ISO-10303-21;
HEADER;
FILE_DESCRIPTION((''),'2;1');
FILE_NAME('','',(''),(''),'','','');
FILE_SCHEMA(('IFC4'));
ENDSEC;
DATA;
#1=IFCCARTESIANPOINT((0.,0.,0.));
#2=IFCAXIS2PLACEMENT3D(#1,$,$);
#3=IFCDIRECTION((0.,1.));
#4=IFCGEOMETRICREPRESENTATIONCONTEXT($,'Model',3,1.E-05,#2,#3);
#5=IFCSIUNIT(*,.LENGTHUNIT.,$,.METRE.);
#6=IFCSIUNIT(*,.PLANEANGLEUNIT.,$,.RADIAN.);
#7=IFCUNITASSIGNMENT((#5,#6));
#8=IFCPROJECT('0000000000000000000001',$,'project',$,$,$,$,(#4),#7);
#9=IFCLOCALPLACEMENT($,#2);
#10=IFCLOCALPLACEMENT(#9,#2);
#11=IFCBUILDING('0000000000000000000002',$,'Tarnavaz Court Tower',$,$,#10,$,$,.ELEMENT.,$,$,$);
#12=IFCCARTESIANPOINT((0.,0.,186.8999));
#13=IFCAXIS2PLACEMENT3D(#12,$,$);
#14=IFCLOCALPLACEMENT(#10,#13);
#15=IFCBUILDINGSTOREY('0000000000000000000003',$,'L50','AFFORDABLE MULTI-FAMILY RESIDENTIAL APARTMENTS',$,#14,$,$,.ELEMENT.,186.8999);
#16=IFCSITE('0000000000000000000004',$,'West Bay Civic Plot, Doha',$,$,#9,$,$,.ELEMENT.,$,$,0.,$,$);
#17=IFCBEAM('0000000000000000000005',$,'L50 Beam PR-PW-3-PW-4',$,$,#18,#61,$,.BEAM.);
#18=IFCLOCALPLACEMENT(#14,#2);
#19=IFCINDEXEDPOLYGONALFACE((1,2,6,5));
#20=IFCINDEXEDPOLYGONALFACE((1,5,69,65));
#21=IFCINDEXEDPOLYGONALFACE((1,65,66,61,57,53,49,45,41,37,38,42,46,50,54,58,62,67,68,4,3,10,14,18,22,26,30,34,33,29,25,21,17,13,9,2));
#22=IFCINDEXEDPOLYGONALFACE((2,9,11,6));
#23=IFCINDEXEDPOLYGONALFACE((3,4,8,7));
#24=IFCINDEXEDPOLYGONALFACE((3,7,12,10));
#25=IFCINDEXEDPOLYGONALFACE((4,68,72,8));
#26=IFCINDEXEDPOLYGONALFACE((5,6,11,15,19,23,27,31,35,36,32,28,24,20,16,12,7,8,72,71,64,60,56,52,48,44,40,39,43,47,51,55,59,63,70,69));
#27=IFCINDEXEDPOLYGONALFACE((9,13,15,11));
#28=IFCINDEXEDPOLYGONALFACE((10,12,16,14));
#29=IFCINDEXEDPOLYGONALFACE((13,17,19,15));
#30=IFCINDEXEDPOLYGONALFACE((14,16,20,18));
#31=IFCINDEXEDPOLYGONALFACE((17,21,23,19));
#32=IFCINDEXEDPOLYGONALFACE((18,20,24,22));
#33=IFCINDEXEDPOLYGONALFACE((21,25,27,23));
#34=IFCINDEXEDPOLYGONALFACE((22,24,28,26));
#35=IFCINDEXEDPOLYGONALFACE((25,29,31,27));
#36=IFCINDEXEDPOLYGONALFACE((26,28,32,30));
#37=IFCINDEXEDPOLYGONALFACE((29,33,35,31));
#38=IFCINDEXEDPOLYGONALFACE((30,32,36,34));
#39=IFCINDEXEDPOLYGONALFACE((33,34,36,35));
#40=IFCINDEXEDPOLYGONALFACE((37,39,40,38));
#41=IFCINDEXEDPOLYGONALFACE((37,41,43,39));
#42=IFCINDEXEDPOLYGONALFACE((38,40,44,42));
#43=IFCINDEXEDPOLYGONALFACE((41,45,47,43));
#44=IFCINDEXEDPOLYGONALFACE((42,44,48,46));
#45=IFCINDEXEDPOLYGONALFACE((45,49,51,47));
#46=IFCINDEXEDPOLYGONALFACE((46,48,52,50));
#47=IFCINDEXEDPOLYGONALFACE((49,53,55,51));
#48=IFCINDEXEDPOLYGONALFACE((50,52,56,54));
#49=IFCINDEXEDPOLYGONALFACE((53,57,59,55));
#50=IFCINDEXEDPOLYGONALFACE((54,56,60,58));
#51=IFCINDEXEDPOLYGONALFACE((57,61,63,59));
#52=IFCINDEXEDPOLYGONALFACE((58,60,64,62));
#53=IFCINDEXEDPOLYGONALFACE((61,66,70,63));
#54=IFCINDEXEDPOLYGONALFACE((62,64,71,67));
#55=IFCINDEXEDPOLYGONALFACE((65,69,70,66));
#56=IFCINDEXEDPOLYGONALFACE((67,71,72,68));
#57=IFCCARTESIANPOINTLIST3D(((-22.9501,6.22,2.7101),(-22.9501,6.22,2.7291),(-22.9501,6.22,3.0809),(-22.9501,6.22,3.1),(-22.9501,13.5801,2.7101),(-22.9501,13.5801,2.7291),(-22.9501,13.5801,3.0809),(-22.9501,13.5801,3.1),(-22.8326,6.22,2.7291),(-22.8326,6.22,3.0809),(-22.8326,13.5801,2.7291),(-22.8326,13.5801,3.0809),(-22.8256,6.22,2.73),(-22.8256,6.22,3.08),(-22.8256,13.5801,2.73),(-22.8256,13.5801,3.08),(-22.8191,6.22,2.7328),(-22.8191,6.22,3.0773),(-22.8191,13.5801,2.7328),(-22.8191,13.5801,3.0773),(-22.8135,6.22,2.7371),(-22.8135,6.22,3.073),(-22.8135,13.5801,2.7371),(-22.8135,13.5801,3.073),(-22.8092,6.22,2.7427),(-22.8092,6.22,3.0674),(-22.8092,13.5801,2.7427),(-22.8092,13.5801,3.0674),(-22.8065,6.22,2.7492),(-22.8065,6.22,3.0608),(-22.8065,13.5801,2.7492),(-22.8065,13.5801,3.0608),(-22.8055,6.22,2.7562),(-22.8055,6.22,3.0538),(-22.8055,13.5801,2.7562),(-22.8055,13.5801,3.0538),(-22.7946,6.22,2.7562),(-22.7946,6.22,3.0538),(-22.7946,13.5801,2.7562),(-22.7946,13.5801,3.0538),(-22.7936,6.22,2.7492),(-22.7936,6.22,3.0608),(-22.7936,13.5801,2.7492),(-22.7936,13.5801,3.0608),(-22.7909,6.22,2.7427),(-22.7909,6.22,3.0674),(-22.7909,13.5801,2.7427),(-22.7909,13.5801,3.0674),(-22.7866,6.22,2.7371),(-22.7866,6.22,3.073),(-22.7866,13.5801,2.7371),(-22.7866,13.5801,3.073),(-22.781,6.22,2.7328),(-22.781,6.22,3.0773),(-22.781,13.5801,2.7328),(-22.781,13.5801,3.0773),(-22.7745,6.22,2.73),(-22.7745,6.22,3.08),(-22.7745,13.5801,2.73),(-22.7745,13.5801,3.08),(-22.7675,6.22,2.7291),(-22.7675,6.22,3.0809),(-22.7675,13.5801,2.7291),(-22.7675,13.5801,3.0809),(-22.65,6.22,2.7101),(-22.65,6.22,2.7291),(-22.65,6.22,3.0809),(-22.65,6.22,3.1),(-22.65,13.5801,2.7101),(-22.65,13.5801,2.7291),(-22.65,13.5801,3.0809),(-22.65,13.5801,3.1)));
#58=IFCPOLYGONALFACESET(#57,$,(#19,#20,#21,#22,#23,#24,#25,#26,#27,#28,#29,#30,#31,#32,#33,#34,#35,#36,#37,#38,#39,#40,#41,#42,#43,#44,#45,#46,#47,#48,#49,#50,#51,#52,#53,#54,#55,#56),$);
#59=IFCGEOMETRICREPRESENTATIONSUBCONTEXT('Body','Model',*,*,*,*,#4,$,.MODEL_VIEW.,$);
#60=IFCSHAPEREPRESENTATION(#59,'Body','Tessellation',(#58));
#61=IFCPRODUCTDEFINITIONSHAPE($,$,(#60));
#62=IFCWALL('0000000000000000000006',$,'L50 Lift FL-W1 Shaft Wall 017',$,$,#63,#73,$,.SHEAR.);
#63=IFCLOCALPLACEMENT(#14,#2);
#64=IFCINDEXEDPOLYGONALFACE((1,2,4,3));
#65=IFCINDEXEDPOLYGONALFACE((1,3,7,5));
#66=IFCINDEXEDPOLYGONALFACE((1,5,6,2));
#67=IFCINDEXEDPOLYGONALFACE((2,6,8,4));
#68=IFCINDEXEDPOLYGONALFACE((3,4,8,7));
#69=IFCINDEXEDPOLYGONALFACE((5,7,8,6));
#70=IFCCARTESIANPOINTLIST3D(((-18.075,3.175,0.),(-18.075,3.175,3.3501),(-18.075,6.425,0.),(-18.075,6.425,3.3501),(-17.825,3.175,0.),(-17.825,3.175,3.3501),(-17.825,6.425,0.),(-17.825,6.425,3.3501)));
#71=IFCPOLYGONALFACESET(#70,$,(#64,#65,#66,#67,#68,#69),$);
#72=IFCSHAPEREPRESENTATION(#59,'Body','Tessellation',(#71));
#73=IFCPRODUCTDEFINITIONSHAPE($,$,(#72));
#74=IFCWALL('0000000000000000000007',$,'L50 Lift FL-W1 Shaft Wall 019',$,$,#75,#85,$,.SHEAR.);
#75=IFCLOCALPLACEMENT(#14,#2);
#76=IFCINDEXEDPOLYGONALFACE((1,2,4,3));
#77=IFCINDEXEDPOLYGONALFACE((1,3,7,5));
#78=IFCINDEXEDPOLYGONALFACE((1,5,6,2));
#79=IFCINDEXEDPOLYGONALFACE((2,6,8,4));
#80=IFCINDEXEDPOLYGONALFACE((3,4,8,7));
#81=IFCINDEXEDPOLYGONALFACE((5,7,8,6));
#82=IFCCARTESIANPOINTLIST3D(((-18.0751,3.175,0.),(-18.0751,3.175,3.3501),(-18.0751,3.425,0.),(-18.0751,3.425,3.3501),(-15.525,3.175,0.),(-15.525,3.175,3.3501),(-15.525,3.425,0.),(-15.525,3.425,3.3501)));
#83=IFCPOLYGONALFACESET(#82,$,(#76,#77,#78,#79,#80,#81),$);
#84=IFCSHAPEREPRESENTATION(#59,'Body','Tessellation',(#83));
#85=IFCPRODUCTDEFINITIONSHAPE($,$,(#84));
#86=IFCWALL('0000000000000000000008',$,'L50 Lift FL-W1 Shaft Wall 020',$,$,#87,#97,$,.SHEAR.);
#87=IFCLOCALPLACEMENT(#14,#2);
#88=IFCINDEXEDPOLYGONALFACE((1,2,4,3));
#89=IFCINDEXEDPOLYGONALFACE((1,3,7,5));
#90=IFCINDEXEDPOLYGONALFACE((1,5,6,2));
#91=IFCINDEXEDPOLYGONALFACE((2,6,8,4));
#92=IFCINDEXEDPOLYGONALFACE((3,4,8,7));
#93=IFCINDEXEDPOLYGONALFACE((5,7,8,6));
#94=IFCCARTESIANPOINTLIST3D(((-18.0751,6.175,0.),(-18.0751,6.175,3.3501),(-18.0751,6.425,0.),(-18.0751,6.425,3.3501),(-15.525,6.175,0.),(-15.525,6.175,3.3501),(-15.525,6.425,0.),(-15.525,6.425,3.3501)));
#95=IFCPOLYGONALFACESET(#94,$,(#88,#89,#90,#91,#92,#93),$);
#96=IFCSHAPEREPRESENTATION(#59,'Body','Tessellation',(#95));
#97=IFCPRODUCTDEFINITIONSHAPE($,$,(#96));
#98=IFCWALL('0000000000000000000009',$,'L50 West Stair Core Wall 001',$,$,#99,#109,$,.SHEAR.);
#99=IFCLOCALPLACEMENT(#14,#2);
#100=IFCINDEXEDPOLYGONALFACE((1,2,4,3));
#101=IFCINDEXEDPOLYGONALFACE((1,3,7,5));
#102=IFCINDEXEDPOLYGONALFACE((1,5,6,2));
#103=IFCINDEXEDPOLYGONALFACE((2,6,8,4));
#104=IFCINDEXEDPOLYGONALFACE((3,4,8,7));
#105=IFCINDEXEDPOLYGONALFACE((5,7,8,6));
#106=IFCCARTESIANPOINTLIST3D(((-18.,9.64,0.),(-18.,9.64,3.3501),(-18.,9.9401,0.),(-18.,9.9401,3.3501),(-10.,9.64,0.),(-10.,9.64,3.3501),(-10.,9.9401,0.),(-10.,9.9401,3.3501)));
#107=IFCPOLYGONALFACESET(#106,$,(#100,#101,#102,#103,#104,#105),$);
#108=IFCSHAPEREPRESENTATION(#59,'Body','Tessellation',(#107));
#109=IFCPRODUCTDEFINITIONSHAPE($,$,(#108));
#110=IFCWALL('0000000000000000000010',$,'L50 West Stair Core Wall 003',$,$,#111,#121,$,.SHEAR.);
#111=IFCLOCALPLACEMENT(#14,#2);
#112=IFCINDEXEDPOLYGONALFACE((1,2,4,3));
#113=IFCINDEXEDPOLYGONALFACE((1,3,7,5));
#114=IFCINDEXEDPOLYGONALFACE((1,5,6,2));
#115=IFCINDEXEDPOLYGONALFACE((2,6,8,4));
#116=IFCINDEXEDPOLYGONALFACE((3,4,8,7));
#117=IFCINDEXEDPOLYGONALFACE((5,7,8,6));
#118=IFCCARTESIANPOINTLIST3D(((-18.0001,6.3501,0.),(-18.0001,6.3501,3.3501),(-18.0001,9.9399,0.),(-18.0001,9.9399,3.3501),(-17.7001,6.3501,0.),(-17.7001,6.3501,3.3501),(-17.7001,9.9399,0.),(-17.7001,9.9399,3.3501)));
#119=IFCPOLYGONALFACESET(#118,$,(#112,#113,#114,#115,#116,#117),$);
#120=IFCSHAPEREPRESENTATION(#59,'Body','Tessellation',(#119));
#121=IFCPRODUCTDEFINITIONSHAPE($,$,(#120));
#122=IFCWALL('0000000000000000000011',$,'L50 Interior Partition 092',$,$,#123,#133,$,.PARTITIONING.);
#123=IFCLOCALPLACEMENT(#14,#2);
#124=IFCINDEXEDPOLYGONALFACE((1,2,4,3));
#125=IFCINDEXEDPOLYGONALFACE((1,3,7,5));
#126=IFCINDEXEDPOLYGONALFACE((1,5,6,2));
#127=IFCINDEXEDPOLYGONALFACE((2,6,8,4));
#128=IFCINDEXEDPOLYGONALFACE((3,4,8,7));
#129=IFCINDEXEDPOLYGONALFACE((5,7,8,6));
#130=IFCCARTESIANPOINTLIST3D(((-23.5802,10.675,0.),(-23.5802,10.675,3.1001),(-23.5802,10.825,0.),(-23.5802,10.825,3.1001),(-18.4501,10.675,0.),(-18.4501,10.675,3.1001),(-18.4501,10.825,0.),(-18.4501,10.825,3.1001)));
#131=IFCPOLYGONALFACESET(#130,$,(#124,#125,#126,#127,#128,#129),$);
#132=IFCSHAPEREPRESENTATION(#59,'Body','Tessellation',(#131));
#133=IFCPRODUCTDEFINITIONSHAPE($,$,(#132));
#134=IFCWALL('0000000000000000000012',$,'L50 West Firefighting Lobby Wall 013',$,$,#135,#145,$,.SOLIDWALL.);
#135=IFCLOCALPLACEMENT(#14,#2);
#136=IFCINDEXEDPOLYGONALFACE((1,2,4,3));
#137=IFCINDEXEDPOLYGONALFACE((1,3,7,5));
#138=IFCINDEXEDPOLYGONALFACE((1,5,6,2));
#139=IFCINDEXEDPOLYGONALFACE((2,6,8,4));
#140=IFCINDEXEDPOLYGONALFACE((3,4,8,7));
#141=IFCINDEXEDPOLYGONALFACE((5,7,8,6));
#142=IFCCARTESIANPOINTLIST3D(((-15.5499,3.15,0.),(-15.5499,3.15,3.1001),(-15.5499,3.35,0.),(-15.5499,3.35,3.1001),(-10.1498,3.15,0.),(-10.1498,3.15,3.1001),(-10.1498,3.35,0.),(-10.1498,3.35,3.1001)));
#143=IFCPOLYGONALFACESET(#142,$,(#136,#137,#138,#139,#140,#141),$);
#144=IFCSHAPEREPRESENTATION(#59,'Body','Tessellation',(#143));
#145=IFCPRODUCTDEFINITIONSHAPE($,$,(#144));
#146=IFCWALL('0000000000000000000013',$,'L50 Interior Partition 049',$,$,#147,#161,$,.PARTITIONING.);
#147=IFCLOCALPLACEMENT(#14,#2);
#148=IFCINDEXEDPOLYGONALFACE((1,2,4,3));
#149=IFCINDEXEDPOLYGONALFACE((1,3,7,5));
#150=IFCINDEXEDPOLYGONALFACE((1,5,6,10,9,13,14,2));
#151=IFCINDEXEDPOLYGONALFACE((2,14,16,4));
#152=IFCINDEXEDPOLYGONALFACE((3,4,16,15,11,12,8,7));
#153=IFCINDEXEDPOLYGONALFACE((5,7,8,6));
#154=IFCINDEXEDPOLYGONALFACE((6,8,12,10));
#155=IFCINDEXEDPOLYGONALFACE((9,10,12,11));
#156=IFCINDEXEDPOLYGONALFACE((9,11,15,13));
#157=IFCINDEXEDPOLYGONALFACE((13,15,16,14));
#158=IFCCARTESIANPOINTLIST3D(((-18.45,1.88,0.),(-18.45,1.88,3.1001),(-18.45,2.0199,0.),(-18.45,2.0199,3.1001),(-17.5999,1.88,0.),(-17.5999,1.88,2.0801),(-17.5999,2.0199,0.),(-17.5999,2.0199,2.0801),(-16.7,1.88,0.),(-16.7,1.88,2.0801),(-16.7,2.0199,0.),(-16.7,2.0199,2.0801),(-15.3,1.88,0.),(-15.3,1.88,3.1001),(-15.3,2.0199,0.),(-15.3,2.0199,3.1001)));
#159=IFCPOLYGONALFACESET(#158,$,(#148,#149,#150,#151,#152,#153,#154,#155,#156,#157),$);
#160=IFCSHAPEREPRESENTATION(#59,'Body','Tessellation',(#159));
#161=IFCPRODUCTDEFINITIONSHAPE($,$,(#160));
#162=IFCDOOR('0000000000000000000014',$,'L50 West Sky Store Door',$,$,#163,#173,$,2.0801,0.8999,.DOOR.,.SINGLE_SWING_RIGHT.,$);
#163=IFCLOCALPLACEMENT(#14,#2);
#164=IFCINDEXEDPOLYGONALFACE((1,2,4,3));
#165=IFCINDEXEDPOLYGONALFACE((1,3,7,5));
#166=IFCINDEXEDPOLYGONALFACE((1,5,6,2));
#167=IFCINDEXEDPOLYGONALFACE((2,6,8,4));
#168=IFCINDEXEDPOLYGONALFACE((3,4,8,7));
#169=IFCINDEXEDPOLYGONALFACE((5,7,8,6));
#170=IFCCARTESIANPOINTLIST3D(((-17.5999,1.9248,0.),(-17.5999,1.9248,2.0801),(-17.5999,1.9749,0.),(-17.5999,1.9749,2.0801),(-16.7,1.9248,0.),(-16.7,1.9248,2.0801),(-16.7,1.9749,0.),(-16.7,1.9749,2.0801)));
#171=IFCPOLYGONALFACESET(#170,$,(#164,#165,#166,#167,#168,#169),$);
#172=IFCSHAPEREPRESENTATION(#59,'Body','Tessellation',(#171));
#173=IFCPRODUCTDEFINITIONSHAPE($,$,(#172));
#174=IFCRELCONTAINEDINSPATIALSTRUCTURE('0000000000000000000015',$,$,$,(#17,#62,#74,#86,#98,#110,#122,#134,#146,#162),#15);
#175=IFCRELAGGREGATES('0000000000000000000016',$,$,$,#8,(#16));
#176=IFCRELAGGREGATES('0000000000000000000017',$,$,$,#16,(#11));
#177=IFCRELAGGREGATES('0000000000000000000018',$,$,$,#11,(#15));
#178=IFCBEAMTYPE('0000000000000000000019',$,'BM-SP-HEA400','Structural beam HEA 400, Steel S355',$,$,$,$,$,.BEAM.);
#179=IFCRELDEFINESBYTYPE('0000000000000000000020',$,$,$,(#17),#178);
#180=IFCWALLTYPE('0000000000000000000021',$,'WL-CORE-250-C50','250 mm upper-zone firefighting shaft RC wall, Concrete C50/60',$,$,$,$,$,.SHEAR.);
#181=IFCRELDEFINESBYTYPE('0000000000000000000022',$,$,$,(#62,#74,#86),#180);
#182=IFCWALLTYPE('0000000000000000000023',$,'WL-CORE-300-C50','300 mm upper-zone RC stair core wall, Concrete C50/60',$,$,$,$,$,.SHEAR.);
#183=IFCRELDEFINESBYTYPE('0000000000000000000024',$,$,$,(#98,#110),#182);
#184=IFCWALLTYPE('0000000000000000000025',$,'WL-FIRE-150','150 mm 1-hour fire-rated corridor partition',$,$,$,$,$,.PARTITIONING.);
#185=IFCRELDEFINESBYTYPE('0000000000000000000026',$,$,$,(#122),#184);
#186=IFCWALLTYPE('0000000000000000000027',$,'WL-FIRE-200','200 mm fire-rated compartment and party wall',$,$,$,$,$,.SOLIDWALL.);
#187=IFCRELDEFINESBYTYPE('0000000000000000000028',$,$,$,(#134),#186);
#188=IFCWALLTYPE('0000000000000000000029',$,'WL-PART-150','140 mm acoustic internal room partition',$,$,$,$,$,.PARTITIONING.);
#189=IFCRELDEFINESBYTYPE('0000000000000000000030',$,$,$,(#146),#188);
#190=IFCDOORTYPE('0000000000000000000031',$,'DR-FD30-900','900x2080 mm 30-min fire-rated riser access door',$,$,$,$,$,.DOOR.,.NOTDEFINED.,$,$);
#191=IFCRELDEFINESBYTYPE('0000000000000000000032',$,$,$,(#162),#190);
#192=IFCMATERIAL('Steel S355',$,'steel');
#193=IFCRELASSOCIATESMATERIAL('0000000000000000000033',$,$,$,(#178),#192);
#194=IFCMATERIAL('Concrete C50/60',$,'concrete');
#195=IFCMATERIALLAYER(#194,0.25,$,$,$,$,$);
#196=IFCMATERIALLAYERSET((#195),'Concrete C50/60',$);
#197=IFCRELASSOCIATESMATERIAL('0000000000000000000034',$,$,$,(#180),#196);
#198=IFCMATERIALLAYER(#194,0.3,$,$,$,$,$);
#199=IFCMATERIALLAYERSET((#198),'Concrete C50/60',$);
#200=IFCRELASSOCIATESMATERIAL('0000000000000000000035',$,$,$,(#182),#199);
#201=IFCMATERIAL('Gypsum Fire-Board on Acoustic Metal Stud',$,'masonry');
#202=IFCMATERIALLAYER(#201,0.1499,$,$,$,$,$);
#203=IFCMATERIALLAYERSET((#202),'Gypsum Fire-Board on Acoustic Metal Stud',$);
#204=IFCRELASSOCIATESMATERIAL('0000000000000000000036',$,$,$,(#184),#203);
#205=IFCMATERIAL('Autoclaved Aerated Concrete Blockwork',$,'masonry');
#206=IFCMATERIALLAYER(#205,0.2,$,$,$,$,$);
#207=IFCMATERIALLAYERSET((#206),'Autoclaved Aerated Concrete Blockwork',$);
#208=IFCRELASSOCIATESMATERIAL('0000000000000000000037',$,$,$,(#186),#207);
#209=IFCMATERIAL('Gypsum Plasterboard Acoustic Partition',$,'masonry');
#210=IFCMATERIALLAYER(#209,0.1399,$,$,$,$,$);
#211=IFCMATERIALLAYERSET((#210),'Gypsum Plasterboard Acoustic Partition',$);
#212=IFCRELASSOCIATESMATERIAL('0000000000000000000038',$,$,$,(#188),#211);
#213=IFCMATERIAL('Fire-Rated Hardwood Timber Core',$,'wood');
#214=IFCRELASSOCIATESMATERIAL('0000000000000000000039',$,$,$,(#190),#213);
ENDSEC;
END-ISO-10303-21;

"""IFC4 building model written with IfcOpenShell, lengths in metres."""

from ifc_helpers import new_model, si_unit, direction, frame, frame_2d, origin, origin_2d, place, context, subcontext, project, spatial, rectangle, i_section, extrude, material, layer, layer_set, material_profile, profile_set, type_object, element, fill, save


model = new_model("IFC4")

# Units and contexts
model_context = context("Model", 3, precision=1e-05, world=origin(), true_north=direction((0.0, 1.0)))
body_context = subcontext(model_context, "Body", "Model", "MODEL_VIEW")
ifc_project = project(units=[si_unit("LENGTHUNIT", "METRE"), si_unit("PLANEANGLEUNIT", "RADIAN")], contexts=[model_context])

# Site, building, storey
site_placement = place(None, origin())
site = spatial("IfcSite", under=ifc_project, at=site_placement, Name="West Bay Civic Plot, Doha", CompositionType="ELEMENT", RefElevation=0.0)
building_placement = place(site_placement, origin())
building = spatial("IfcBuilding", under=site, at=building_placement, Name="Tarnavaz Court Tower", CompositionType="ELEMENT")
storey_placement = place(building_placement, frame((0.0, 0.0, 186.8999)))
storey = spatial("IfcBuildingStorey", under=building, at=storey_placement, Name="L50", Description="AFFORDABLE MULTI-FAMILY RESIDENTIAL APARTMENTS", CompositionType="ELEMENT", Elevation=186.8999)

# Shared definitions
ifc_material_1 = material(Name="Concrete C50/60", Category="concrete")

# Beam
ifc_material_2 = material(Name="Steel S355", Category="steel")
ifc_material_profile_1 = material_profile(ifc_material_2, i_section(OverallWidth=0.3, OverallDepth=0.3899, WebThickness=0.011, FlangeThickness=0.019, FilletRadius=0.0271, at=origin_2d()), Name="HEA 400")
ifc_profile_set_1 = profile_set([ifc_material_profile_1], Name="Steel S355")
beam_type_1 = type_object("IfcBeamType", Name="BM-SP-HEA400", Description="Structural beam HEA 400, Steel S355", PredefinedType="BEAM", material=ifc_profile_set_1)
beam_1_placement = place(storey_placement, frame((-22.8, 6.22, 2.905), z_axis=(0.0, 1.0, 0.0), x_axis=(-1.0, 0.0, 0.0)))
element("IfcBeam", 1, at=beam_1_placement, inside=storey, type_object=beam_type_1, Name="L50 Beam PR-PW-3-PW-4", PredefinedType="BEAM", context=body_context, shape_type="SweptSolid", body=[
    extrude(i_section(OverallWidth=0.3, OverallDepth=0.3899, WebThickness=0.011, FlangeThickness=0.019, FilletRadius=0.0271, at=origin_2d()), origin(), (0.0, 0.0, 1.0), 7.3601),
])

# Wall
ifc_layer_1 = layer(ifc_material_1, 0.25)
ifc_layer_set_1 = layer_set([ifc_layer_1], Name="Concrete C50/60")
wall_type_1 = type_object("IfcWallType", Name="WL-CORE-250-C50", Description="250 mm upper-zone firefighting shaft RC wall, Concrete C50/60", PredefinedType="SHEAR", material=ifc_layer_set_1)
wall_1_placement = place(storey_placement, frame((-17.95, 3.175, 0.0), z_axis=(0.0, 0.0, 1.0), x_axis=(0.0, 1.0, 0.0)))
element("IfcWall", 2, at=wall_1_placement, inside=storey, type_object=wall_type_1, Name="L50 Lift FL-W1 Shaft Wall 017", PredefinedType="SHEAR", context=body_context, shape_type="SweptSolid", body=[
    extrude(rectangle(XDim=3.25, YDim=0.25, at=frame_2d((1.625, 0.0))), origin(), (0.0, 0.0, 1.0), 3.3501),
])

# Walls
for number, where, z_axis, x_axis, name in (
    (3, (-18.075, 3.3, 0.0), (0.0, 0.0, 1.0), (1.0, 0.0, 0.0), "L50 Lift FL-W1 Shaft Wall 019"),
    (4, (-18.075, 6.3, 0.0), (0.0, 0.0, 1.0), (1.0, 0.0, 0.0), "L50 Lift FL-W1 Shaft Wall 020"),
):
    element("IfcWall", number, at=place(storey_placement, frame(where, z_axis=z_axis, x_axis=x_axis)), inside=storey, type_object=wall_type_1, Name=name, PredefinedType="SHEAR", context=body_context, shape_type="SweptSolid", body=[
        extrude(rectangle(XDim=2.55, YDim=0.25, at=frame_2d((1.2749, 0.0))), origin(), (0.0, 0.0, 1.0), 3.3501),
    ])
ifc_layer_2 = layer(ifc_material_1, 0.3)
ifc_layer_set_2 = layer_set([ifc_layer_2], Name="Concrete C50/60")
wall_type_2 = type_object("IfcWallType", Name="WL-CORE-300-C50", Description="300 mm upper-zone RC stair core wall, Concrete C50/60", PredefinedType="SHEAR", material=ifc_layer_set_2)
wall_2_placement = place(storey_placement, frame((-18.0, 9.79, 0.0), z_axis=(0.0, 0.0, 1.0), x_axis=(1.0, 0.0, 0.0)))
element("IfcWall", 5, at=wall_2_placement, inside=storey, type_object=wall_type_2, Name="L50 West Stair Core Wall 001", PredefinedType="SHEAR", context=body_context, shape_type="SweptSolid", body=[
    extrude(rectangle(XDim=8.0, YDim=0.3, at=frame_2d((4.0, 0.0))), origin(), (0.0, 0.0, 1.0), 3.3501),
])

# Shared definitions
ifc_material_3 = material(Name="Fire-Rated Hardwood Timber Core", Category="wood")

# Walls
wall_3_placement = place(storey_placement, frame((-17.8501, 6.3501, 0.0), z_axis=(0.0, 0.0, 1.0), x_axis=(0.0, 1.0, 0.0)))
element("IfcWall", 6, at=wall_3_placement, inside=storey, type_object=wall_type_2, Name="L50 West Stair Core Wall 003", PredefinedType="SHEAR", context=body_context, shape_type="SweptSolid", body=[
    extrude(rectangle(XDim=3.5898, YDim=0.3, at=frame_2d((1.7949, 0.0))), origin(), (0.0, 0.0, 1.0), 3.3501),
])
ifc_material_4 = material(Name="Gypsum Fire-Board on Acoustic Metal Stud", Category="masonry")
ifc_layer_3 = layer(ifc_material_4, 0.1499)
ifc_layer_set_3 = layer_set([ifc_layer_3], Name="Gypsum Fire-Board on Acoustic Metal Stud")
wall_type_3 = type_object("IfcWallType", Name="WL-FIRE-150", Description="150 mm 1-hour fire-rated corridor partition", PredefinedType="PARTITIONING", material=ifc_layer_set_3)
wall_4_placement = place(storey_placement, frame((-23.5801, 10.75, 0.0), z_axis=(0.0, 0.0, 1.0), x_axis=(1.0, 0.0, 0.0)))
element("IfcWall", 7, at=wall_4_placement, inside=storey, type_object=wall_type_3, Name="L50 Interior Partition 092", PredefinedType="PARTITIONING", context=body_context, shape_type="SweptSolid", body=[
    extrude(rectangle(XDim=5.1301, YDim=0.1499, at=frame_2d((2.5649, 0.0))), origin(), (0.0, 0.0, 1.0), 3.1001),
])
ifc_material_5 = material(Name="Autoclaved Aerated Concrete Blockwork", Category="masonry")
ifc_layer_4 = layer(ifc_material_5, 0.2)
ifc_layer_set_4 = layer_set([ifc_layer_4], Name="Autoclaved Aerated Concrete Blockwork")
wall_type_4 = type_object("IfcWallType", Name="WL-FIRE-200", Description="200 mm fire-rated compartment and party wall", PredefinedType="SOLIDWALL", material=ifc_layer_set_4)
wall_5_placement = place(storey_placement, frame((-15.55, 3.25, 0.0), z_axis=(0.0, 0.0, 1.0), x_axis=(1.0, 0.0, 0.0)))
element("IfcWall", 8, at=wall_5_placement, inside=storey, type_object=wall_type_4, Name="L50 West Firefighting Lobby Wall 013", PredefinedType="SOLIDWALL", context=body_context, shape_type="SweptSolid", body=[
    extrude(rectangle(XDim=5.4001, YDim=0.2, at=frame_2d((2.7002, 0.0))), origin(), (0.0, 0.0, 1.0), 3.1001),
])

# Wall, opening, door
ifc_material_6 = material(Name="Gypsum Plasterboard Acoustic Partition", Category="masonry")
ifc_layer_5 = layer(ifc_material_6, 0.1399)
ifc_layer_set_5 = layer_set([ifc_layer_5], Name="Gypsum Plasterboard Acoustic Partition")
wall_type_5 = type_object("IfcWallType", Name="WL-PART-150", Description="140 mm acoustic internal room partition", PredefinedType="PARTITIONING", material=ifc_layer_set_5)
wall_6_placement = place(storey_placement, frame((-18.45, 1.95, 0.0), z_axis=(0.0, 0.0, 1.0), x_axis=(1.0, 0.0, 0.0)))
wall_6 = element("IfcWall", 9, at=wall_6_placement, inside=storey, type_object=wall_type_5, Name="L50 Interior Partition 049", PredefinedType="PARTITIONING", context=body_context, shape_type="SweptSolid", body=[
    extrude(rectangle(XDim=3.1499, YDim=0.1399, at=frame_2d((1.575, 0.0))), origin(), (0.0, 0.0, 1.0), 3.1001),
])
opening_1_placement = place(wall_6_placement, frame((0.8501, 0.0, 0.0)))
opening_1 = element("IfcOpeningElement", 10, at=opening_1_placement, cuts=wall_6, PredefinedType="OPENING", context=body_context, shape_type="SweptSolid", body=[
    extrude(rectangle(XDim=0.8999, YDim=2.0801, at=frame_2d((0.45, 1.04))), frame((0.0, 0.0798, 0.0), z_axis=(0.0, -1.0, 0.0), x_axis=(1.0, 0.0, 0.0)), (0.0, 0.0, 1.0), 0.1599),
])
door_type_1 = type_object("IfcDoorType", Name="DR-FD30-900", Description="900x2080 mm 30-min fire-rated riser access door", OperationType="NOTDEFINED", PredefinedType="DOOR", material=ifc_material_3)
door_1_placement = place(opening_1_placement, origin())
door_1 = element("IfcDoor", 11, at=door_1_placement, inside=storey, type_object=door_type_1, Name="L50 West Sky Store Door", OperationType="SINGLE_SWING_RIGHT", OverallHeight=2.0801, OverallWidth=0.8999, PredefinedType="DOOR", context=body_context, shape_type="SweptSolid", body=[
    extrude(rectangle(XDim=0.8999, YDim=2.0801, at=frame_2d((0.45, 1.04))), frame((0.0, 0.0249, 0.0), z_axis=(0.0, -1.0, 0.0), x_axis=(1.0, 0.0, 0.0)), (0.0, 0.0, 1.0), 0.05),
])
fill(opening_1, door_1)

save(model, "model.ifc")
